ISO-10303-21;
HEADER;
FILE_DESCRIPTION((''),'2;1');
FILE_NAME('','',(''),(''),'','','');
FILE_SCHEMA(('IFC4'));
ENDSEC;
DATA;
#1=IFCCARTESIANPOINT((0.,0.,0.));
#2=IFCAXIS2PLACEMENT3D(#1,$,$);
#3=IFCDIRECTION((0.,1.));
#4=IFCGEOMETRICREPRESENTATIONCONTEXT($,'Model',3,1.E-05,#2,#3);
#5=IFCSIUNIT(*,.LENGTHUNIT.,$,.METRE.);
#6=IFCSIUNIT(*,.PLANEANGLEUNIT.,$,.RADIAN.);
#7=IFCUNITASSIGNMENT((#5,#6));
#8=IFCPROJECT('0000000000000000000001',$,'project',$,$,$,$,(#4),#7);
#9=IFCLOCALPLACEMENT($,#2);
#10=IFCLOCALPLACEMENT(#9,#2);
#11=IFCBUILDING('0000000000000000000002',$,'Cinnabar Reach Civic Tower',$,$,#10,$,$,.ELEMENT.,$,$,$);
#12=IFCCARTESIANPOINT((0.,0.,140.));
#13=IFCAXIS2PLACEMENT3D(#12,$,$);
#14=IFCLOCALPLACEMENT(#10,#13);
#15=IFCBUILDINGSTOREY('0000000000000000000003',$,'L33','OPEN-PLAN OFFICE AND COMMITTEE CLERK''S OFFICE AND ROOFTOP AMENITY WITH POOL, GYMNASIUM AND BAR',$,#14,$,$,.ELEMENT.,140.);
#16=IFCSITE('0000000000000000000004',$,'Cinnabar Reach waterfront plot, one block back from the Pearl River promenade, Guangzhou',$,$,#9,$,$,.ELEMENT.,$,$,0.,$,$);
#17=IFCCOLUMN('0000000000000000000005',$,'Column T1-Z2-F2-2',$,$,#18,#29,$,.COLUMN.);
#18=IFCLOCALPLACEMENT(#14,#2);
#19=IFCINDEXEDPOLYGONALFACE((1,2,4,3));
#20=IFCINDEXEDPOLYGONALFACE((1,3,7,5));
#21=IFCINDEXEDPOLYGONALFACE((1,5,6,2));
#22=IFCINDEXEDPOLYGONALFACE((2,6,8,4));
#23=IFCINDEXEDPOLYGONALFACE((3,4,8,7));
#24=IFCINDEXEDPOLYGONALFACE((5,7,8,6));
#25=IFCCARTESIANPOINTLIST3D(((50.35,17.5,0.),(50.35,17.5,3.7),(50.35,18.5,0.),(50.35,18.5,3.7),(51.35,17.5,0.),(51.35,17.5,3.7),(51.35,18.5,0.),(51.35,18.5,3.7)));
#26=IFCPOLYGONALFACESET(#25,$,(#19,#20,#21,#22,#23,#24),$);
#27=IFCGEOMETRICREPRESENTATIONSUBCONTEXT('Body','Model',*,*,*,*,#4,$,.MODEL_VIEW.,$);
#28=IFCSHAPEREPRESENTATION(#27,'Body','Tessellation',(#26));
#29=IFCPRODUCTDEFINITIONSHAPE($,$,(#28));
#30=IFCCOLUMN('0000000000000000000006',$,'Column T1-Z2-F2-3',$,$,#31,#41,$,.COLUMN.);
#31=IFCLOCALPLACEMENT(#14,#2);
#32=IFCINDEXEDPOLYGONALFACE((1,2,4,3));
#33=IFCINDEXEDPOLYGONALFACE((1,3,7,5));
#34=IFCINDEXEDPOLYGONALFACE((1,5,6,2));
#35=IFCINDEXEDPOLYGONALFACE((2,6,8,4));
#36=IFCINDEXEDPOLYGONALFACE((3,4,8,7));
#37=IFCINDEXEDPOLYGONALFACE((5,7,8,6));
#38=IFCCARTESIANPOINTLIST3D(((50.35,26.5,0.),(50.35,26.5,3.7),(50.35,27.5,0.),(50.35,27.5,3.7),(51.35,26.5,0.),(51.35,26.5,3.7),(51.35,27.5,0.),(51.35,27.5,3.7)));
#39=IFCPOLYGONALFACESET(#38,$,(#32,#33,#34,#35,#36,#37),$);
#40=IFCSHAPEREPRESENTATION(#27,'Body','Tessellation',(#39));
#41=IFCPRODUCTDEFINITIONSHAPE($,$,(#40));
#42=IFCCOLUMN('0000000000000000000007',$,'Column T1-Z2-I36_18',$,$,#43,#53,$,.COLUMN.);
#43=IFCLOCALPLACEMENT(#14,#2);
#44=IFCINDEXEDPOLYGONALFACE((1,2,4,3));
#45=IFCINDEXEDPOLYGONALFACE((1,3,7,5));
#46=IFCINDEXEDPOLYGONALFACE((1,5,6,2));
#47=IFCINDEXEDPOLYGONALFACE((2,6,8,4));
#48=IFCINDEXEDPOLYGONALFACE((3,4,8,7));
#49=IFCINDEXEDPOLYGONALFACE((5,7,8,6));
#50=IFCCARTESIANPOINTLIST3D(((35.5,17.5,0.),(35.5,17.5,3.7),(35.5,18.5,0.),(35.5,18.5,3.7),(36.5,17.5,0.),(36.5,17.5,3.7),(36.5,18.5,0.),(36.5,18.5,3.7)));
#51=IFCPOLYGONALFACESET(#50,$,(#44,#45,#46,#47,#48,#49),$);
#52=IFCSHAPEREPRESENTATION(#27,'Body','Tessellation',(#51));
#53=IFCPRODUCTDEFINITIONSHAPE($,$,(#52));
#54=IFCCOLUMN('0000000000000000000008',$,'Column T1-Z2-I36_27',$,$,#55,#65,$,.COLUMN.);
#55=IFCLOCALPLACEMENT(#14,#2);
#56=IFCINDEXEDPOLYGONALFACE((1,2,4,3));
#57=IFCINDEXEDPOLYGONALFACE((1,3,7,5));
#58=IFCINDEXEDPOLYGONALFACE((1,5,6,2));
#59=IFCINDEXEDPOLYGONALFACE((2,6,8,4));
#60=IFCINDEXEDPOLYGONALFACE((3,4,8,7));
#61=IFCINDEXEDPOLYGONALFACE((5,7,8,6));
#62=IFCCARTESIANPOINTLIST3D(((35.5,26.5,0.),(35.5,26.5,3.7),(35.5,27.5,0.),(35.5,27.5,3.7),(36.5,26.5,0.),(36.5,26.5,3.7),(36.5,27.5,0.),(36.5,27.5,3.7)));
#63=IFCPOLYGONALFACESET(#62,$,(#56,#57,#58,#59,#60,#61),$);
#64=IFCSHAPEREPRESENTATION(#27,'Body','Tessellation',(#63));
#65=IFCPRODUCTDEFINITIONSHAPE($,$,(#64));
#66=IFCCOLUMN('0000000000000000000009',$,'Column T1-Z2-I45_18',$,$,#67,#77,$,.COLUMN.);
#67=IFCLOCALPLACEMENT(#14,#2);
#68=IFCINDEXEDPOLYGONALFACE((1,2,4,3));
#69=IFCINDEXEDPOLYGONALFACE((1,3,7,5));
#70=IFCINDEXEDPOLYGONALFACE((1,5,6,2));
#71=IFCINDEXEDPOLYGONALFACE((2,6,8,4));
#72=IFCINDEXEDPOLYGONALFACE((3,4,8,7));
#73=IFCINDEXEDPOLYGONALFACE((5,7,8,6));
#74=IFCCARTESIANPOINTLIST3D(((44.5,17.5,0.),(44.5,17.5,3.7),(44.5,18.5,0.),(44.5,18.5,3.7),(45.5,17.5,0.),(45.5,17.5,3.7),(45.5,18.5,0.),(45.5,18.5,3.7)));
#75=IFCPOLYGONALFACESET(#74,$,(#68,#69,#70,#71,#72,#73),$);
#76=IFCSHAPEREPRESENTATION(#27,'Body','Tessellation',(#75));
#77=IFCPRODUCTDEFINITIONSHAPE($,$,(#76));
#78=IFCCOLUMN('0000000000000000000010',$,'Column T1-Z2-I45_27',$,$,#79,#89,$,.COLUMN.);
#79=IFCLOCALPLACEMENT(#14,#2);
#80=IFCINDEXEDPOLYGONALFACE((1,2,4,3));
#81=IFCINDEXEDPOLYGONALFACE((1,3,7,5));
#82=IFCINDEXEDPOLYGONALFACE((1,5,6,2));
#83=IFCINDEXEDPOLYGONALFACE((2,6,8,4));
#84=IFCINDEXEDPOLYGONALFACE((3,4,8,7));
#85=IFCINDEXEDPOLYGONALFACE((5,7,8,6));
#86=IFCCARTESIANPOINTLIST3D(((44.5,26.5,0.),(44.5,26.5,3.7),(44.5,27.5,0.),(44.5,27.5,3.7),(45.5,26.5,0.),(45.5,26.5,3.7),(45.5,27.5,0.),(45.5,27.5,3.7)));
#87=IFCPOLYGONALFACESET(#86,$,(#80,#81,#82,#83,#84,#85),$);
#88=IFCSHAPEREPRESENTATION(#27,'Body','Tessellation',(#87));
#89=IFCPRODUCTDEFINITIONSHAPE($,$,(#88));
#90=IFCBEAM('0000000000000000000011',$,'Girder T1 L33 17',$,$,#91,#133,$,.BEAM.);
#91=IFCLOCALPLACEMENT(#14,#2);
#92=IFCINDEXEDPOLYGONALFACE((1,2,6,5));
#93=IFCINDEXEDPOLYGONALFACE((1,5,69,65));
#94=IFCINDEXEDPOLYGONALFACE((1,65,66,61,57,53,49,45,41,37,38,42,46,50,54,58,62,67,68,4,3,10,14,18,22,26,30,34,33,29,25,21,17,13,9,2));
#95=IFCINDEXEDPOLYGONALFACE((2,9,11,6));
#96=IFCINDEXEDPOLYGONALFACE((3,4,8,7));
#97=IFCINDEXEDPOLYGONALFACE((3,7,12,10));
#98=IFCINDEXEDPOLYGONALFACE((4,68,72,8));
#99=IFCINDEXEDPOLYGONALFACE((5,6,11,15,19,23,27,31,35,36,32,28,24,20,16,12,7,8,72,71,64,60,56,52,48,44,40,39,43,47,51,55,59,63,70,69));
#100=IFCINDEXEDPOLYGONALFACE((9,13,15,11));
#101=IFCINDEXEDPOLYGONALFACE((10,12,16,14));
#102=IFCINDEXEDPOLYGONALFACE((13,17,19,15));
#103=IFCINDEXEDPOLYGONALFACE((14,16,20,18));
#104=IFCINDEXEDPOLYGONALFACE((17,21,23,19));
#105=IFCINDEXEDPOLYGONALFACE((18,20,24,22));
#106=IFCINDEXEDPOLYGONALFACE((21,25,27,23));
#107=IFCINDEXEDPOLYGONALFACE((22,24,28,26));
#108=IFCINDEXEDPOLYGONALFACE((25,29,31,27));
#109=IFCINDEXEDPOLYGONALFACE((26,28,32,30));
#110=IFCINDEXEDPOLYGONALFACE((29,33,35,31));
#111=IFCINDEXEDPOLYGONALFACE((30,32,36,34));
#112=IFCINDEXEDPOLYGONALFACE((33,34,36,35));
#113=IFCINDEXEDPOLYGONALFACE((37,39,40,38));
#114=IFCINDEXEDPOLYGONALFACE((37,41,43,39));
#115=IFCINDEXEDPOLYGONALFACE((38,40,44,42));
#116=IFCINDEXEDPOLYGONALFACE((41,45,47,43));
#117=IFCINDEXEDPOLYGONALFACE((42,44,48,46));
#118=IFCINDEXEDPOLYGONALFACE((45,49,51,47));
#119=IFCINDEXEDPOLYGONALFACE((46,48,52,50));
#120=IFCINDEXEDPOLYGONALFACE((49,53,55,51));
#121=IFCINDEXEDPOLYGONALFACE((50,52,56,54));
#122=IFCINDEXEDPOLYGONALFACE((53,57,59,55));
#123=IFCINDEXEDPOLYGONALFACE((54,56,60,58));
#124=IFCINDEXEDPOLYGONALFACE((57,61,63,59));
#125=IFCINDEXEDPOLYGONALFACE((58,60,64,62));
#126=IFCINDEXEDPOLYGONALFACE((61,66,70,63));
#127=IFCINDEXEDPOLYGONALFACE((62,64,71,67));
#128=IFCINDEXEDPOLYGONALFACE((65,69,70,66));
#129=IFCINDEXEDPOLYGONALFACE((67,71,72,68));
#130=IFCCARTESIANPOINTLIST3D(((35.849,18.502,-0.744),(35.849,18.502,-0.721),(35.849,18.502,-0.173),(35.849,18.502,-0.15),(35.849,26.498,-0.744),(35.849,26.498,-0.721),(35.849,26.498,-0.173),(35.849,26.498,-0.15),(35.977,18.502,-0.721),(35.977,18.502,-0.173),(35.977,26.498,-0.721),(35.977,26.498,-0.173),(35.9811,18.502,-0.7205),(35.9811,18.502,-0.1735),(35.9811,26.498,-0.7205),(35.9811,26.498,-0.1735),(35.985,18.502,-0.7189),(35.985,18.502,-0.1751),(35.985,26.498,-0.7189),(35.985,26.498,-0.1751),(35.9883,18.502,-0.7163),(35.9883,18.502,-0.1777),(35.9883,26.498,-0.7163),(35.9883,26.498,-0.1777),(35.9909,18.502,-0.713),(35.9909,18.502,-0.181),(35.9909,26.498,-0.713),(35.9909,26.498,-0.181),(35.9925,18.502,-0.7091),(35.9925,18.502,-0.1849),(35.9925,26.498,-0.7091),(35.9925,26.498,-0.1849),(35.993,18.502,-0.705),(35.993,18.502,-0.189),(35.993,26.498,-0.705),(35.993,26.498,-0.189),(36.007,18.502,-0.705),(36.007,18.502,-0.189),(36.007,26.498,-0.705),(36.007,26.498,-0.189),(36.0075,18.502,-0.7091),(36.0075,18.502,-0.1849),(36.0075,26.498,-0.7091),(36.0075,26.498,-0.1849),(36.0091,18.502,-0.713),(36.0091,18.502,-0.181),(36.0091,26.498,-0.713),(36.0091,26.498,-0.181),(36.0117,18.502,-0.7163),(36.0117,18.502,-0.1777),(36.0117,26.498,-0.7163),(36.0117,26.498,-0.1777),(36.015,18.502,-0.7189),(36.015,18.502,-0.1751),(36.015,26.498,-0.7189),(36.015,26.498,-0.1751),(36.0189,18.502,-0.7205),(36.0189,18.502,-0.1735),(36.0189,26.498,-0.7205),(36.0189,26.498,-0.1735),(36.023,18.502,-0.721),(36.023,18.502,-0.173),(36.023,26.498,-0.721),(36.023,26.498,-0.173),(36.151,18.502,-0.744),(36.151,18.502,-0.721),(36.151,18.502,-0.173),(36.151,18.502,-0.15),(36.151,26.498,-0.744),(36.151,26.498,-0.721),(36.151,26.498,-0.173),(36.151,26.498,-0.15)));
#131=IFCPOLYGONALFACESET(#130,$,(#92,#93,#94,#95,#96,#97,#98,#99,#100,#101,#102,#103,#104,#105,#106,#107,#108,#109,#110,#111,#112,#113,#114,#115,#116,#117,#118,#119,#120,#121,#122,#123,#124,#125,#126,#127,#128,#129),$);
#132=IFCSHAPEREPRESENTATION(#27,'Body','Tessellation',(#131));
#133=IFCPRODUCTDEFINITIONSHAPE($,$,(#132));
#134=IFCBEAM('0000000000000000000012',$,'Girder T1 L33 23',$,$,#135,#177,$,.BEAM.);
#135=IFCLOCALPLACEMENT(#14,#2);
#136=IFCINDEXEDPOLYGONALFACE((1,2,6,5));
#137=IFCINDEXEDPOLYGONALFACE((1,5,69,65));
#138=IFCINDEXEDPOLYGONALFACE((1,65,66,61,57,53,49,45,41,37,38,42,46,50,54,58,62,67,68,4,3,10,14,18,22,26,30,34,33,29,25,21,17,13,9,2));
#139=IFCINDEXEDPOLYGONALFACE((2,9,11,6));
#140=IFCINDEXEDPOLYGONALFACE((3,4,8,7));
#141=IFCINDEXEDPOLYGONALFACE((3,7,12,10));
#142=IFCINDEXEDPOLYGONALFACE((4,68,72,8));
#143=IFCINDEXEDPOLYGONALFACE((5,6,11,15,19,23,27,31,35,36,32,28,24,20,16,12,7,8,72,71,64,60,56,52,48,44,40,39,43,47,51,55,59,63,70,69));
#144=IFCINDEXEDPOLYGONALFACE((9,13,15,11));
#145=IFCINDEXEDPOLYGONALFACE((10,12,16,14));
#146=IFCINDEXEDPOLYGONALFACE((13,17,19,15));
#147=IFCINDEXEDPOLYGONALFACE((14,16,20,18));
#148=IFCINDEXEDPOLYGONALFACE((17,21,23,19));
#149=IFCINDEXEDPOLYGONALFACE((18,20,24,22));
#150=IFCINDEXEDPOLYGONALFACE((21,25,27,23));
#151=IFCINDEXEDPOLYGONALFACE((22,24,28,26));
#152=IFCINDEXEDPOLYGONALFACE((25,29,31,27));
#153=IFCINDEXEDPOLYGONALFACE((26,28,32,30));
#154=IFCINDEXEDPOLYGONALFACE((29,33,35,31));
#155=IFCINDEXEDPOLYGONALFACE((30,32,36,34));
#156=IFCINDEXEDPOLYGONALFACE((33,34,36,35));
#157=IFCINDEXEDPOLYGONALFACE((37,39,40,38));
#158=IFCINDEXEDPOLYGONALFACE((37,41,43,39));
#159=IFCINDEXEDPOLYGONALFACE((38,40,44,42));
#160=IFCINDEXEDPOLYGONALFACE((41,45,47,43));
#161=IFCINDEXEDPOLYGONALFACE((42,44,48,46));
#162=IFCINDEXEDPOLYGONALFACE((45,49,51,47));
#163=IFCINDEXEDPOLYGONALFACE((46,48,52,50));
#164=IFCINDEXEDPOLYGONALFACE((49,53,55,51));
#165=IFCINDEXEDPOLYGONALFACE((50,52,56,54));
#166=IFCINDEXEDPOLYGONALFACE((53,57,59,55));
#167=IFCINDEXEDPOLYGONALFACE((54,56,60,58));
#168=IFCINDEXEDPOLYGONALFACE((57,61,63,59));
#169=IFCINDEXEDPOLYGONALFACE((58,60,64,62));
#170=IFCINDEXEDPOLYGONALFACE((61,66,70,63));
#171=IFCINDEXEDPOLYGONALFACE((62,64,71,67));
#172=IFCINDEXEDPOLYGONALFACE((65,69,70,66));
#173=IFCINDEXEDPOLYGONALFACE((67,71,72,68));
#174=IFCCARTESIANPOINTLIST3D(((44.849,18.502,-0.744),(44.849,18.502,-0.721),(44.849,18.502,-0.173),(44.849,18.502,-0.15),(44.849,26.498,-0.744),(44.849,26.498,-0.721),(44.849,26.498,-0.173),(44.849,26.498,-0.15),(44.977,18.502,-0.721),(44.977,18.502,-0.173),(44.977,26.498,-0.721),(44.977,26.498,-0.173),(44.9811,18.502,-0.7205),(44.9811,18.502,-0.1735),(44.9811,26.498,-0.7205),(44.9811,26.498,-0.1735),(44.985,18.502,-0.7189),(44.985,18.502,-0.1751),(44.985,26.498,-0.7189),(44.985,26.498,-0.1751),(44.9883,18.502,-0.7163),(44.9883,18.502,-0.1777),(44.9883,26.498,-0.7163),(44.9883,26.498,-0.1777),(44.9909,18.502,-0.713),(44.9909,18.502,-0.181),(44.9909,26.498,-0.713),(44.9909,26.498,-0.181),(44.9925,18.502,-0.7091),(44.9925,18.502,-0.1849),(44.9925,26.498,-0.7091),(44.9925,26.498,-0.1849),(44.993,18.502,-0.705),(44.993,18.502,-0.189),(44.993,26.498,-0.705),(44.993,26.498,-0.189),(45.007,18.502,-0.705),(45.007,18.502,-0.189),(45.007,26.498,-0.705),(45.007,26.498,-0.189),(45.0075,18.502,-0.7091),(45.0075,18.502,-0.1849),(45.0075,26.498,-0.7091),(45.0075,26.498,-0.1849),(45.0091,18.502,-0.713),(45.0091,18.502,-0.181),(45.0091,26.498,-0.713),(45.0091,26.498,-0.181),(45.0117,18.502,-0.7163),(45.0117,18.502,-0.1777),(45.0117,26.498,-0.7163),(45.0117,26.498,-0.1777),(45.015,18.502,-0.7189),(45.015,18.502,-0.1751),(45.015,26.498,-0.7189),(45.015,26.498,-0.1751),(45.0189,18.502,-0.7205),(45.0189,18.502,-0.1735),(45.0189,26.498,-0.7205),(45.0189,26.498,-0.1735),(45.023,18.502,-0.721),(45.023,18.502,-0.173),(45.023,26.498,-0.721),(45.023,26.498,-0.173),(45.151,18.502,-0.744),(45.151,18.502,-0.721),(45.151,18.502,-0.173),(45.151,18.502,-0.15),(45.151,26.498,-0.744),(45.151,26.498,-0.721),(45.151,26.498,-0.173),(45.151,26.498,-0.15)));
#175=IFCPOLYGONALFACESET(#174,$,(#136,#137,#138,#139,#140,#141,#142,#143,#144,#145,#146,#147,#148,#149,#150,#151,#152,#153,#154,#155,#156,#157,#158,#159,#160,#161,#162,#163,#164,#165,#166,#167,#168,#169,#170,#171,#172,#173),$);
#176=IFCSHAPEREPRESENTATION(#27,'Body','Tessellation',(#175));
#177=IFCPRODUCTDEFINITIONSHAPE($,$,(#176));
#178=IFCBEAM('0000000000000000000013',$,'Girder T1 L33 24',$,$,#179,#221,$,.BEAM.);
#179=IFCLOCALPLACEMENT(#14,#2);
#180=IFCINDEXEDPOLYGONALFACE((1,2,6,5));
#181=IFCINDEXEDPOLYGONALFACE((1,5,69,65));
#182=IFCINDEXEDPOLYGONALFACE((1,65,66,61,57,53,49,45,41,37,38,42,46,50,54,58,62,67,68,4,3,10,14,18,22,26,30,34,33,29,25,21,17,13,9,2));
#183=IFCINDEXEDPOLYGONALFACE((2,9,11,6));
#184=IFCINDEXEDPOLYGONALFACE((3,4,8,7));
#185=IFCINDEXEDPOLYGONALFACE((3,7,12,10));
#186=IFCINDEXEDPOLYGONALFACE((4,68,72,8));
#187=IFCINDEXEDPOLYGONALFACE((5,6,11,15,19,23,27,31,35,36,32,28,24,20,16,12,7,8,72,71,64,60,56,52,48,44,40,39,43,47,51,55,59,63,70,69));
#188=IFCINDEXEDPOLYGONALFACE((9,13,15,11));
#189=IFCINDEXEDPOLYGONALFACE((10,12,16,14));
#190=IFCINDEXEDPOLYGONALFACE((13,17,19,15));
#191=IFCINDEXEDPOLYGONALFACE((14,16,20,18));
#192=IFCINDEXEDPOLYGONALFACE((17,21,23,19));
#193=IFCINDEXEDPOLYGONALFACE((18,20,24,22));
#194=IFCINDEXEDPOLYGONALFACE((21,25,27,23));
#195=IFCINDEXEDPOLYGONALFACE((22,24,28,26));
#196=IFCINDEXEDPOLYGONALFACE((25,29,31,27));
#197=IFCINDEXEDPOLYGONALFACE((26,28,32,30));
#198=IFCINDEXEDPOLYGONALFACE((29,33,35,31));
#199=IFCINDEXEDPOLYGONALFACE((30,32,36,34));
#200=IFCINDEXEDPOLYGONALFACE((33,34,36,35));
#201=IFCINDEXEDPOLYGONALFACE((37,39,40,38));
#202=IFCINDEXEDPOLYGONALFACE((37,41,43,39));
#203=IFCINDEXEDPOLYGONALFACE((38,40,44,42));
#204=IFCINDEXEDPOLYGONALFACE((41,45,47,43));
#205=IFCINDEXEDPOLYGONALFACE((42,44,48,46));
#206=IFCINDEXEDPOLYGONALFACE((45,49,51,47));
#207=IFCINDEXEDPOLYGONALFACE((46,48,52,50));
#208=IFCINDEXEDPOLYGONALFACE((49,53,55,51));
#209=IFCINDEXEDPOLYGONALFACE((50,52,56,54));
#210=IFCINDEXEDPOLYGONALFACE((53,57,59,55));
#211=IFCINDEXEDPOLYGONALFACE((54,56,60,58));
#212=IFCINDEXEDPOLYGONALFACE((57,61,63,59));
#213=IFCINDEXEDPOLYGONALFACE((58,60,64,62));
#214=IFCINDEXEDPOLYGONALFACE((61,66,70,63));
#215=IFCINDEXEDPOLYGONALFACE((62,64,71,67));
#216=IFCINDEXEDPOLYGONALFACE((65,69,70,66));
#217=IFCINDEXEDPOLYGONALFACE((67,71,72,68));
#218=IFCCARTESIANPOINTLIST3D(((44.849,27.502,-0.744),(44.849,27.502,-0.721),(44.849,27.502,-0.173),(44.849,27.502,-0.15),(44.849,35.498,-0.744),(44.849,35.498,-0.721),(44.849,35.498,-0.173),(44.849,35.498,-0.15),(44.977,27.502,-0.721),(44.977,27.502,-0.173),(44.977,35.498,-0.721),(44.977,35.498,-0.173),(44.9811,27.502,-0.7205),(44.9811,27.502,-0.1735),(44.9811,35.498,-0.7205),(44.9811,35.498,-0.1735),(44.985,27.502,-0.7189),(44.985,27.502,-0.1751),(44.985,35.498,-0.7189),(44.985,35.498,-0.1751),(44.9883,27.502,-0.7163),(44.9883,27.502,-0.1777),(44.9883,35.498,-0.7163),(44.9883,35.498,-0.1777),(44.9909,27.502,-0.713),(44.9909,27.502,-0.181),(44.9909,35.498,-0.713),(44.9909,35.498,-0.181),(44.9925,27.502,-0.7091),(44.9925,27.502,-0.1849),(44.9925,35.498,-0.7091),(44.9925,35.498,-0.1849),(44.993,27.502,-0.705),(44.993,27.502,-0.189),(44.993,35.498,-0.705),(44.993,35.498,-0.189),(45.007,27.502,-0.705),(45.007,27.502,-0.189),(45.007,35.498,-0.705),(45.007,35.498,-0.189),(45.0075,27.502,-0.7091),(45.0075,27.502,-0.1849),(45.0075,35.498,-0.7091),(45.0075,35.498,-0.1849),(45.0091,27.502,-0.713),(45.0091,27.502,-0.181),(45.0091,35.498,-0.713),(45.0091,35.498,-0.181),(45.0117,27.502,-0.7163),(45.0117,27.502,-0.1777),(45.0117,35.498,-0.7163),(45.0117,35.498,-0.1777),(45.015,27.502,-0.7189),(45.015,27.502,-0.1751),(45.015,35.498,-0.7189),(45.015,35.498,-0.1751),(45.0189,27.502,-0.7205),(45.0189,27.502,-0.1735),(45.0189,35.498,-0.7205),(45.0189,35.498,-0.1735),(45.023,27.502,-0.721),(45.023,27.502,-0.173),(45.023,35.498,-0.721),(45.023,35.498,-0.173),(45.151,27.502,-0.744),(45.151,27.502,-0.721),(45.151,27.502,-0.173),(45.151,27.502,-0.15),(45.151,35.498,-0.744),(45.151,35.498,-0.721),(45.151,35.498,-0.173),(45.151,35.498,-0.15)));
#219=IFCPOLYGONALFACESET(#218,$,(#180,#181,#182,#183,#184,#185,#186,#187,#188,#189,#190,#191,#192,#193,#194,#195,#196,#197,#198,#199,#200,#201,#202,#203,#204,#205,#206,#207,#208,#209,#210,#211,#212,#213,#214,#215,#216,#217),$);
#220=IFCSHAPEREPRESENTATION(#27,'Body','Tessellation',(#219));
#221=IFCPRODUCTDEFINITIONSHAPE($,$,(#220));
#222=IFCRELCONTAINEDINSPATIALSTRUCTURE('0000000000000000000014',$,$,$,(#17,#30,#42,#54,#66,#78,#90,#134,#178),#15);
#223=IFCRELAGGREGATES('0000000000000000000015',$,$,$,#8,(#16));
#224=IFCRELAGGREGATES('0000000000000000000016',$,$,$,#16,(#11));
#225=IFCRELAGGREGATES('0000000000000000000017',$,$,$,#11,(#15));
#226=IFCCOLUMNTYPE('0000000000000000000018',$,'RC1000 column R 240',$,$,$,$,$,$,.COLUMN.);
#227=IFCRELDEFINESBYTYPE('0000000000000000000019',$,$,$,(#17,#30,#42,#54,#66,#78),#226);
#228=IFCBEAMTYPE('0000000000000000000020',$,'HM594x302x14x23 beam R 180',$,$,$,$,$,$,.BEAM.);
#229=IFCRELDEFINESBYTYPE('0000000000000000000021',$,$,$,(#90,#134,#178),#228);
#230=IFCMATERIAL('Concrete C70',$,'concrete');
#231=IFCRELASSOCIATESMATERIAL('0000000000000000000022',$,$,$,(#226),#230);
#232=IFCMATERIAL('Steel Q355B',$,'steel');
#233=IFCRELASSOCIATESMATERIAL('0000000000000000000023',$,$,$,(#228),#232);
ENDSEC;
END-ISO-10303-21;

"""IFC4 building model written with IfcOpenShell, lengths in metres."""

from ifc_helpers import new_model, si_unit, direction, frame, origin, origin_2d, place, context, subcontext, project, spatial, rectangle, i_section, extrude, material, material_profile, profile_set, type_object, element, save


model = new_model("IFC4")

# Units and contexts
model_context = context("Model", 3, precision=1e-05, world=origin(), true_north=direction((0.0, 1.0)))
body_context = subcontext(model_context, "Body", "Model", "MODEL_VIEW")
ifc_project = project(units=[si_unit("LENGTHUNIT", "METRE"), si_unit("PLANEANGLEUNIT", "RADIAN")], contexts=[model_context])

# Site, building, storey
site_placement = place(None, origin())
site = spatial("IfcSite", under=ifc_project, at=site_placement, Name="Cinnabar Reach waterfront plot, one block back from the Pearl River promenade, Guangzhou", CompositionType="ELEMENT", RefElevation=0.0)
building_placement = place(site_placement, origin())
building = spatial("IfcBuilding", under=site, at=building_placement, Name="Cinnabar Reach Civic Tower", CompositionType="ELEMENT")
storey_placement = place(building_placement, frame((0.0, 0.0, 140.0)))
storey = spatial("IfcBuildingStorey", under=building, at=storey_placement, Name="L33", Description="OPEN-PLAN OFFICE AND COMMITTEE CLERK'S OFFICE AND ROOFTOP AMENITY WITH POOL, GYMNASIUM AND BAR", CompositionType="ELEMENT", Elevation=140.0)

# Columns
ifc_material_1 = material(Name="Concrete C70", Category="concrete")
ifc_material_profile_1 = material_profile(ifc_material_1, rectangle(XDim=1.0, YDim=1.0, at=origin_2d()), Name="RC1000")
ifc_profile_set_1 = profile_set([ifc_material_profile_1], Name="Concrete C70")
column_type = type_object("IfcColumnType", Name="RC1000 column R 240", PredefinedType="COLUMN", material=ifc_profile_set_1)
for number, where, z_axis, x_axis, name in (
    (1, (50.85, 18.0, 0.0), (0.0, 0.0, 1.0), (1.0, 0.0, 0.0), "Column T1-Z2-F2-2"),
    (2, (50.85, 27.0, 0.0), (0.0, 0.0, 1.0), (1.0, 0.0, 0.0), "Column T1-Z2-F2-3"),
    (3, (36.0, 18.0, 0.0), (0.0, 0.0, 1.0), (1.0, 0.0, 0.0), "Column T1-Z2-I36_18"),
    (4, (36.0, 27.0, 0.0), (0.0, 0.0, 1.0), (1.0, 0.0, 0.0), "Column T1-Z2-I36_27"),
    (5, (45.0, 18.0, 0.0), (0.0, 0.0, 1.0), (1.0, 0.0, 0.0), "Column T1-Z2-I45_18"),
    (6, (45.0, 27.0, 0.0), (0.0, 0.0, 1.0), (1.0, 0.0, 0.0), "Column T1-Z2-I45_27"),
):
    element("IfcColumn", number, at=place(storey_placement, frame(where, z_axis=z_axis, x_axis=x_axis)), inside=storey, type_object=column_type, Name=name, PredefinedType="COLUMN", context=body_context, shape_type="SweptSolid", body=[
        extrude(rectangle(XDim=1.0, YDim=1.0, at=origin_2d()), origin(), (0.0, 0.0, 1.0), 3.7),
    ])

# Beams
ifc_material_2 = material(Name="Steel Q355B", Category="steel")
ifc_material_profile_2 = material_profile(ifc_material_2, i_section(OverallWidth=0.302, OverallDepth=0.594, WebThickness=0.014, FlangeThickness=0.023, FilletRadius=0.016, at=origin_2d()), Name="HM594x302x14x23")
ifc_profile_set_2 = profile_set([ifc_material_profile_2], Name="Steel Q355B")
beam_type_1 = type_object("IfcBeamType", Name="HM594x302x14x23 beam R 180", PredefinedType="BEAM", material=ifc_profile_set_2)
for number, where, z_axis, x_axis, name in (
    (7, (36.0, 18.502, -0.447), (0.0, 1.0, 0.0), (-1.0, 0.0, 0.0), "Girder T1 L33 17"),
    (8, (45.0, 18.502, -0.447), (0.0, 1.0, 0.0), (-1.0, 0.0, 0.0), "Girder T1 L33 23"),
    (9, (45.0, 27.502, -0.447), (0.0, 1.0, 0.0), (-1.0, 0.0, 0.0), "Girder T1 L33 24"),
):
    element("IfcBeam", number, at=place(storey_placement, frame(where, z_axis=z_axis, x_axis=x_axis)), inside=storey, type_object=beam_type_1, Name=name, PredefinedType="BEAM", context=body_context, shape_type="SweptSolid", body=[
        extrude(i_section(OverallWidth=0.302, OverallDepth=0.594, WebThickness=0.014, FlangeThickness=0.023, FilletRadius=0.016, at=origin_2d()), origin(), (0.0, 0.0, 1.0), 7.996),
    ])

save(model, "model.ifc")
